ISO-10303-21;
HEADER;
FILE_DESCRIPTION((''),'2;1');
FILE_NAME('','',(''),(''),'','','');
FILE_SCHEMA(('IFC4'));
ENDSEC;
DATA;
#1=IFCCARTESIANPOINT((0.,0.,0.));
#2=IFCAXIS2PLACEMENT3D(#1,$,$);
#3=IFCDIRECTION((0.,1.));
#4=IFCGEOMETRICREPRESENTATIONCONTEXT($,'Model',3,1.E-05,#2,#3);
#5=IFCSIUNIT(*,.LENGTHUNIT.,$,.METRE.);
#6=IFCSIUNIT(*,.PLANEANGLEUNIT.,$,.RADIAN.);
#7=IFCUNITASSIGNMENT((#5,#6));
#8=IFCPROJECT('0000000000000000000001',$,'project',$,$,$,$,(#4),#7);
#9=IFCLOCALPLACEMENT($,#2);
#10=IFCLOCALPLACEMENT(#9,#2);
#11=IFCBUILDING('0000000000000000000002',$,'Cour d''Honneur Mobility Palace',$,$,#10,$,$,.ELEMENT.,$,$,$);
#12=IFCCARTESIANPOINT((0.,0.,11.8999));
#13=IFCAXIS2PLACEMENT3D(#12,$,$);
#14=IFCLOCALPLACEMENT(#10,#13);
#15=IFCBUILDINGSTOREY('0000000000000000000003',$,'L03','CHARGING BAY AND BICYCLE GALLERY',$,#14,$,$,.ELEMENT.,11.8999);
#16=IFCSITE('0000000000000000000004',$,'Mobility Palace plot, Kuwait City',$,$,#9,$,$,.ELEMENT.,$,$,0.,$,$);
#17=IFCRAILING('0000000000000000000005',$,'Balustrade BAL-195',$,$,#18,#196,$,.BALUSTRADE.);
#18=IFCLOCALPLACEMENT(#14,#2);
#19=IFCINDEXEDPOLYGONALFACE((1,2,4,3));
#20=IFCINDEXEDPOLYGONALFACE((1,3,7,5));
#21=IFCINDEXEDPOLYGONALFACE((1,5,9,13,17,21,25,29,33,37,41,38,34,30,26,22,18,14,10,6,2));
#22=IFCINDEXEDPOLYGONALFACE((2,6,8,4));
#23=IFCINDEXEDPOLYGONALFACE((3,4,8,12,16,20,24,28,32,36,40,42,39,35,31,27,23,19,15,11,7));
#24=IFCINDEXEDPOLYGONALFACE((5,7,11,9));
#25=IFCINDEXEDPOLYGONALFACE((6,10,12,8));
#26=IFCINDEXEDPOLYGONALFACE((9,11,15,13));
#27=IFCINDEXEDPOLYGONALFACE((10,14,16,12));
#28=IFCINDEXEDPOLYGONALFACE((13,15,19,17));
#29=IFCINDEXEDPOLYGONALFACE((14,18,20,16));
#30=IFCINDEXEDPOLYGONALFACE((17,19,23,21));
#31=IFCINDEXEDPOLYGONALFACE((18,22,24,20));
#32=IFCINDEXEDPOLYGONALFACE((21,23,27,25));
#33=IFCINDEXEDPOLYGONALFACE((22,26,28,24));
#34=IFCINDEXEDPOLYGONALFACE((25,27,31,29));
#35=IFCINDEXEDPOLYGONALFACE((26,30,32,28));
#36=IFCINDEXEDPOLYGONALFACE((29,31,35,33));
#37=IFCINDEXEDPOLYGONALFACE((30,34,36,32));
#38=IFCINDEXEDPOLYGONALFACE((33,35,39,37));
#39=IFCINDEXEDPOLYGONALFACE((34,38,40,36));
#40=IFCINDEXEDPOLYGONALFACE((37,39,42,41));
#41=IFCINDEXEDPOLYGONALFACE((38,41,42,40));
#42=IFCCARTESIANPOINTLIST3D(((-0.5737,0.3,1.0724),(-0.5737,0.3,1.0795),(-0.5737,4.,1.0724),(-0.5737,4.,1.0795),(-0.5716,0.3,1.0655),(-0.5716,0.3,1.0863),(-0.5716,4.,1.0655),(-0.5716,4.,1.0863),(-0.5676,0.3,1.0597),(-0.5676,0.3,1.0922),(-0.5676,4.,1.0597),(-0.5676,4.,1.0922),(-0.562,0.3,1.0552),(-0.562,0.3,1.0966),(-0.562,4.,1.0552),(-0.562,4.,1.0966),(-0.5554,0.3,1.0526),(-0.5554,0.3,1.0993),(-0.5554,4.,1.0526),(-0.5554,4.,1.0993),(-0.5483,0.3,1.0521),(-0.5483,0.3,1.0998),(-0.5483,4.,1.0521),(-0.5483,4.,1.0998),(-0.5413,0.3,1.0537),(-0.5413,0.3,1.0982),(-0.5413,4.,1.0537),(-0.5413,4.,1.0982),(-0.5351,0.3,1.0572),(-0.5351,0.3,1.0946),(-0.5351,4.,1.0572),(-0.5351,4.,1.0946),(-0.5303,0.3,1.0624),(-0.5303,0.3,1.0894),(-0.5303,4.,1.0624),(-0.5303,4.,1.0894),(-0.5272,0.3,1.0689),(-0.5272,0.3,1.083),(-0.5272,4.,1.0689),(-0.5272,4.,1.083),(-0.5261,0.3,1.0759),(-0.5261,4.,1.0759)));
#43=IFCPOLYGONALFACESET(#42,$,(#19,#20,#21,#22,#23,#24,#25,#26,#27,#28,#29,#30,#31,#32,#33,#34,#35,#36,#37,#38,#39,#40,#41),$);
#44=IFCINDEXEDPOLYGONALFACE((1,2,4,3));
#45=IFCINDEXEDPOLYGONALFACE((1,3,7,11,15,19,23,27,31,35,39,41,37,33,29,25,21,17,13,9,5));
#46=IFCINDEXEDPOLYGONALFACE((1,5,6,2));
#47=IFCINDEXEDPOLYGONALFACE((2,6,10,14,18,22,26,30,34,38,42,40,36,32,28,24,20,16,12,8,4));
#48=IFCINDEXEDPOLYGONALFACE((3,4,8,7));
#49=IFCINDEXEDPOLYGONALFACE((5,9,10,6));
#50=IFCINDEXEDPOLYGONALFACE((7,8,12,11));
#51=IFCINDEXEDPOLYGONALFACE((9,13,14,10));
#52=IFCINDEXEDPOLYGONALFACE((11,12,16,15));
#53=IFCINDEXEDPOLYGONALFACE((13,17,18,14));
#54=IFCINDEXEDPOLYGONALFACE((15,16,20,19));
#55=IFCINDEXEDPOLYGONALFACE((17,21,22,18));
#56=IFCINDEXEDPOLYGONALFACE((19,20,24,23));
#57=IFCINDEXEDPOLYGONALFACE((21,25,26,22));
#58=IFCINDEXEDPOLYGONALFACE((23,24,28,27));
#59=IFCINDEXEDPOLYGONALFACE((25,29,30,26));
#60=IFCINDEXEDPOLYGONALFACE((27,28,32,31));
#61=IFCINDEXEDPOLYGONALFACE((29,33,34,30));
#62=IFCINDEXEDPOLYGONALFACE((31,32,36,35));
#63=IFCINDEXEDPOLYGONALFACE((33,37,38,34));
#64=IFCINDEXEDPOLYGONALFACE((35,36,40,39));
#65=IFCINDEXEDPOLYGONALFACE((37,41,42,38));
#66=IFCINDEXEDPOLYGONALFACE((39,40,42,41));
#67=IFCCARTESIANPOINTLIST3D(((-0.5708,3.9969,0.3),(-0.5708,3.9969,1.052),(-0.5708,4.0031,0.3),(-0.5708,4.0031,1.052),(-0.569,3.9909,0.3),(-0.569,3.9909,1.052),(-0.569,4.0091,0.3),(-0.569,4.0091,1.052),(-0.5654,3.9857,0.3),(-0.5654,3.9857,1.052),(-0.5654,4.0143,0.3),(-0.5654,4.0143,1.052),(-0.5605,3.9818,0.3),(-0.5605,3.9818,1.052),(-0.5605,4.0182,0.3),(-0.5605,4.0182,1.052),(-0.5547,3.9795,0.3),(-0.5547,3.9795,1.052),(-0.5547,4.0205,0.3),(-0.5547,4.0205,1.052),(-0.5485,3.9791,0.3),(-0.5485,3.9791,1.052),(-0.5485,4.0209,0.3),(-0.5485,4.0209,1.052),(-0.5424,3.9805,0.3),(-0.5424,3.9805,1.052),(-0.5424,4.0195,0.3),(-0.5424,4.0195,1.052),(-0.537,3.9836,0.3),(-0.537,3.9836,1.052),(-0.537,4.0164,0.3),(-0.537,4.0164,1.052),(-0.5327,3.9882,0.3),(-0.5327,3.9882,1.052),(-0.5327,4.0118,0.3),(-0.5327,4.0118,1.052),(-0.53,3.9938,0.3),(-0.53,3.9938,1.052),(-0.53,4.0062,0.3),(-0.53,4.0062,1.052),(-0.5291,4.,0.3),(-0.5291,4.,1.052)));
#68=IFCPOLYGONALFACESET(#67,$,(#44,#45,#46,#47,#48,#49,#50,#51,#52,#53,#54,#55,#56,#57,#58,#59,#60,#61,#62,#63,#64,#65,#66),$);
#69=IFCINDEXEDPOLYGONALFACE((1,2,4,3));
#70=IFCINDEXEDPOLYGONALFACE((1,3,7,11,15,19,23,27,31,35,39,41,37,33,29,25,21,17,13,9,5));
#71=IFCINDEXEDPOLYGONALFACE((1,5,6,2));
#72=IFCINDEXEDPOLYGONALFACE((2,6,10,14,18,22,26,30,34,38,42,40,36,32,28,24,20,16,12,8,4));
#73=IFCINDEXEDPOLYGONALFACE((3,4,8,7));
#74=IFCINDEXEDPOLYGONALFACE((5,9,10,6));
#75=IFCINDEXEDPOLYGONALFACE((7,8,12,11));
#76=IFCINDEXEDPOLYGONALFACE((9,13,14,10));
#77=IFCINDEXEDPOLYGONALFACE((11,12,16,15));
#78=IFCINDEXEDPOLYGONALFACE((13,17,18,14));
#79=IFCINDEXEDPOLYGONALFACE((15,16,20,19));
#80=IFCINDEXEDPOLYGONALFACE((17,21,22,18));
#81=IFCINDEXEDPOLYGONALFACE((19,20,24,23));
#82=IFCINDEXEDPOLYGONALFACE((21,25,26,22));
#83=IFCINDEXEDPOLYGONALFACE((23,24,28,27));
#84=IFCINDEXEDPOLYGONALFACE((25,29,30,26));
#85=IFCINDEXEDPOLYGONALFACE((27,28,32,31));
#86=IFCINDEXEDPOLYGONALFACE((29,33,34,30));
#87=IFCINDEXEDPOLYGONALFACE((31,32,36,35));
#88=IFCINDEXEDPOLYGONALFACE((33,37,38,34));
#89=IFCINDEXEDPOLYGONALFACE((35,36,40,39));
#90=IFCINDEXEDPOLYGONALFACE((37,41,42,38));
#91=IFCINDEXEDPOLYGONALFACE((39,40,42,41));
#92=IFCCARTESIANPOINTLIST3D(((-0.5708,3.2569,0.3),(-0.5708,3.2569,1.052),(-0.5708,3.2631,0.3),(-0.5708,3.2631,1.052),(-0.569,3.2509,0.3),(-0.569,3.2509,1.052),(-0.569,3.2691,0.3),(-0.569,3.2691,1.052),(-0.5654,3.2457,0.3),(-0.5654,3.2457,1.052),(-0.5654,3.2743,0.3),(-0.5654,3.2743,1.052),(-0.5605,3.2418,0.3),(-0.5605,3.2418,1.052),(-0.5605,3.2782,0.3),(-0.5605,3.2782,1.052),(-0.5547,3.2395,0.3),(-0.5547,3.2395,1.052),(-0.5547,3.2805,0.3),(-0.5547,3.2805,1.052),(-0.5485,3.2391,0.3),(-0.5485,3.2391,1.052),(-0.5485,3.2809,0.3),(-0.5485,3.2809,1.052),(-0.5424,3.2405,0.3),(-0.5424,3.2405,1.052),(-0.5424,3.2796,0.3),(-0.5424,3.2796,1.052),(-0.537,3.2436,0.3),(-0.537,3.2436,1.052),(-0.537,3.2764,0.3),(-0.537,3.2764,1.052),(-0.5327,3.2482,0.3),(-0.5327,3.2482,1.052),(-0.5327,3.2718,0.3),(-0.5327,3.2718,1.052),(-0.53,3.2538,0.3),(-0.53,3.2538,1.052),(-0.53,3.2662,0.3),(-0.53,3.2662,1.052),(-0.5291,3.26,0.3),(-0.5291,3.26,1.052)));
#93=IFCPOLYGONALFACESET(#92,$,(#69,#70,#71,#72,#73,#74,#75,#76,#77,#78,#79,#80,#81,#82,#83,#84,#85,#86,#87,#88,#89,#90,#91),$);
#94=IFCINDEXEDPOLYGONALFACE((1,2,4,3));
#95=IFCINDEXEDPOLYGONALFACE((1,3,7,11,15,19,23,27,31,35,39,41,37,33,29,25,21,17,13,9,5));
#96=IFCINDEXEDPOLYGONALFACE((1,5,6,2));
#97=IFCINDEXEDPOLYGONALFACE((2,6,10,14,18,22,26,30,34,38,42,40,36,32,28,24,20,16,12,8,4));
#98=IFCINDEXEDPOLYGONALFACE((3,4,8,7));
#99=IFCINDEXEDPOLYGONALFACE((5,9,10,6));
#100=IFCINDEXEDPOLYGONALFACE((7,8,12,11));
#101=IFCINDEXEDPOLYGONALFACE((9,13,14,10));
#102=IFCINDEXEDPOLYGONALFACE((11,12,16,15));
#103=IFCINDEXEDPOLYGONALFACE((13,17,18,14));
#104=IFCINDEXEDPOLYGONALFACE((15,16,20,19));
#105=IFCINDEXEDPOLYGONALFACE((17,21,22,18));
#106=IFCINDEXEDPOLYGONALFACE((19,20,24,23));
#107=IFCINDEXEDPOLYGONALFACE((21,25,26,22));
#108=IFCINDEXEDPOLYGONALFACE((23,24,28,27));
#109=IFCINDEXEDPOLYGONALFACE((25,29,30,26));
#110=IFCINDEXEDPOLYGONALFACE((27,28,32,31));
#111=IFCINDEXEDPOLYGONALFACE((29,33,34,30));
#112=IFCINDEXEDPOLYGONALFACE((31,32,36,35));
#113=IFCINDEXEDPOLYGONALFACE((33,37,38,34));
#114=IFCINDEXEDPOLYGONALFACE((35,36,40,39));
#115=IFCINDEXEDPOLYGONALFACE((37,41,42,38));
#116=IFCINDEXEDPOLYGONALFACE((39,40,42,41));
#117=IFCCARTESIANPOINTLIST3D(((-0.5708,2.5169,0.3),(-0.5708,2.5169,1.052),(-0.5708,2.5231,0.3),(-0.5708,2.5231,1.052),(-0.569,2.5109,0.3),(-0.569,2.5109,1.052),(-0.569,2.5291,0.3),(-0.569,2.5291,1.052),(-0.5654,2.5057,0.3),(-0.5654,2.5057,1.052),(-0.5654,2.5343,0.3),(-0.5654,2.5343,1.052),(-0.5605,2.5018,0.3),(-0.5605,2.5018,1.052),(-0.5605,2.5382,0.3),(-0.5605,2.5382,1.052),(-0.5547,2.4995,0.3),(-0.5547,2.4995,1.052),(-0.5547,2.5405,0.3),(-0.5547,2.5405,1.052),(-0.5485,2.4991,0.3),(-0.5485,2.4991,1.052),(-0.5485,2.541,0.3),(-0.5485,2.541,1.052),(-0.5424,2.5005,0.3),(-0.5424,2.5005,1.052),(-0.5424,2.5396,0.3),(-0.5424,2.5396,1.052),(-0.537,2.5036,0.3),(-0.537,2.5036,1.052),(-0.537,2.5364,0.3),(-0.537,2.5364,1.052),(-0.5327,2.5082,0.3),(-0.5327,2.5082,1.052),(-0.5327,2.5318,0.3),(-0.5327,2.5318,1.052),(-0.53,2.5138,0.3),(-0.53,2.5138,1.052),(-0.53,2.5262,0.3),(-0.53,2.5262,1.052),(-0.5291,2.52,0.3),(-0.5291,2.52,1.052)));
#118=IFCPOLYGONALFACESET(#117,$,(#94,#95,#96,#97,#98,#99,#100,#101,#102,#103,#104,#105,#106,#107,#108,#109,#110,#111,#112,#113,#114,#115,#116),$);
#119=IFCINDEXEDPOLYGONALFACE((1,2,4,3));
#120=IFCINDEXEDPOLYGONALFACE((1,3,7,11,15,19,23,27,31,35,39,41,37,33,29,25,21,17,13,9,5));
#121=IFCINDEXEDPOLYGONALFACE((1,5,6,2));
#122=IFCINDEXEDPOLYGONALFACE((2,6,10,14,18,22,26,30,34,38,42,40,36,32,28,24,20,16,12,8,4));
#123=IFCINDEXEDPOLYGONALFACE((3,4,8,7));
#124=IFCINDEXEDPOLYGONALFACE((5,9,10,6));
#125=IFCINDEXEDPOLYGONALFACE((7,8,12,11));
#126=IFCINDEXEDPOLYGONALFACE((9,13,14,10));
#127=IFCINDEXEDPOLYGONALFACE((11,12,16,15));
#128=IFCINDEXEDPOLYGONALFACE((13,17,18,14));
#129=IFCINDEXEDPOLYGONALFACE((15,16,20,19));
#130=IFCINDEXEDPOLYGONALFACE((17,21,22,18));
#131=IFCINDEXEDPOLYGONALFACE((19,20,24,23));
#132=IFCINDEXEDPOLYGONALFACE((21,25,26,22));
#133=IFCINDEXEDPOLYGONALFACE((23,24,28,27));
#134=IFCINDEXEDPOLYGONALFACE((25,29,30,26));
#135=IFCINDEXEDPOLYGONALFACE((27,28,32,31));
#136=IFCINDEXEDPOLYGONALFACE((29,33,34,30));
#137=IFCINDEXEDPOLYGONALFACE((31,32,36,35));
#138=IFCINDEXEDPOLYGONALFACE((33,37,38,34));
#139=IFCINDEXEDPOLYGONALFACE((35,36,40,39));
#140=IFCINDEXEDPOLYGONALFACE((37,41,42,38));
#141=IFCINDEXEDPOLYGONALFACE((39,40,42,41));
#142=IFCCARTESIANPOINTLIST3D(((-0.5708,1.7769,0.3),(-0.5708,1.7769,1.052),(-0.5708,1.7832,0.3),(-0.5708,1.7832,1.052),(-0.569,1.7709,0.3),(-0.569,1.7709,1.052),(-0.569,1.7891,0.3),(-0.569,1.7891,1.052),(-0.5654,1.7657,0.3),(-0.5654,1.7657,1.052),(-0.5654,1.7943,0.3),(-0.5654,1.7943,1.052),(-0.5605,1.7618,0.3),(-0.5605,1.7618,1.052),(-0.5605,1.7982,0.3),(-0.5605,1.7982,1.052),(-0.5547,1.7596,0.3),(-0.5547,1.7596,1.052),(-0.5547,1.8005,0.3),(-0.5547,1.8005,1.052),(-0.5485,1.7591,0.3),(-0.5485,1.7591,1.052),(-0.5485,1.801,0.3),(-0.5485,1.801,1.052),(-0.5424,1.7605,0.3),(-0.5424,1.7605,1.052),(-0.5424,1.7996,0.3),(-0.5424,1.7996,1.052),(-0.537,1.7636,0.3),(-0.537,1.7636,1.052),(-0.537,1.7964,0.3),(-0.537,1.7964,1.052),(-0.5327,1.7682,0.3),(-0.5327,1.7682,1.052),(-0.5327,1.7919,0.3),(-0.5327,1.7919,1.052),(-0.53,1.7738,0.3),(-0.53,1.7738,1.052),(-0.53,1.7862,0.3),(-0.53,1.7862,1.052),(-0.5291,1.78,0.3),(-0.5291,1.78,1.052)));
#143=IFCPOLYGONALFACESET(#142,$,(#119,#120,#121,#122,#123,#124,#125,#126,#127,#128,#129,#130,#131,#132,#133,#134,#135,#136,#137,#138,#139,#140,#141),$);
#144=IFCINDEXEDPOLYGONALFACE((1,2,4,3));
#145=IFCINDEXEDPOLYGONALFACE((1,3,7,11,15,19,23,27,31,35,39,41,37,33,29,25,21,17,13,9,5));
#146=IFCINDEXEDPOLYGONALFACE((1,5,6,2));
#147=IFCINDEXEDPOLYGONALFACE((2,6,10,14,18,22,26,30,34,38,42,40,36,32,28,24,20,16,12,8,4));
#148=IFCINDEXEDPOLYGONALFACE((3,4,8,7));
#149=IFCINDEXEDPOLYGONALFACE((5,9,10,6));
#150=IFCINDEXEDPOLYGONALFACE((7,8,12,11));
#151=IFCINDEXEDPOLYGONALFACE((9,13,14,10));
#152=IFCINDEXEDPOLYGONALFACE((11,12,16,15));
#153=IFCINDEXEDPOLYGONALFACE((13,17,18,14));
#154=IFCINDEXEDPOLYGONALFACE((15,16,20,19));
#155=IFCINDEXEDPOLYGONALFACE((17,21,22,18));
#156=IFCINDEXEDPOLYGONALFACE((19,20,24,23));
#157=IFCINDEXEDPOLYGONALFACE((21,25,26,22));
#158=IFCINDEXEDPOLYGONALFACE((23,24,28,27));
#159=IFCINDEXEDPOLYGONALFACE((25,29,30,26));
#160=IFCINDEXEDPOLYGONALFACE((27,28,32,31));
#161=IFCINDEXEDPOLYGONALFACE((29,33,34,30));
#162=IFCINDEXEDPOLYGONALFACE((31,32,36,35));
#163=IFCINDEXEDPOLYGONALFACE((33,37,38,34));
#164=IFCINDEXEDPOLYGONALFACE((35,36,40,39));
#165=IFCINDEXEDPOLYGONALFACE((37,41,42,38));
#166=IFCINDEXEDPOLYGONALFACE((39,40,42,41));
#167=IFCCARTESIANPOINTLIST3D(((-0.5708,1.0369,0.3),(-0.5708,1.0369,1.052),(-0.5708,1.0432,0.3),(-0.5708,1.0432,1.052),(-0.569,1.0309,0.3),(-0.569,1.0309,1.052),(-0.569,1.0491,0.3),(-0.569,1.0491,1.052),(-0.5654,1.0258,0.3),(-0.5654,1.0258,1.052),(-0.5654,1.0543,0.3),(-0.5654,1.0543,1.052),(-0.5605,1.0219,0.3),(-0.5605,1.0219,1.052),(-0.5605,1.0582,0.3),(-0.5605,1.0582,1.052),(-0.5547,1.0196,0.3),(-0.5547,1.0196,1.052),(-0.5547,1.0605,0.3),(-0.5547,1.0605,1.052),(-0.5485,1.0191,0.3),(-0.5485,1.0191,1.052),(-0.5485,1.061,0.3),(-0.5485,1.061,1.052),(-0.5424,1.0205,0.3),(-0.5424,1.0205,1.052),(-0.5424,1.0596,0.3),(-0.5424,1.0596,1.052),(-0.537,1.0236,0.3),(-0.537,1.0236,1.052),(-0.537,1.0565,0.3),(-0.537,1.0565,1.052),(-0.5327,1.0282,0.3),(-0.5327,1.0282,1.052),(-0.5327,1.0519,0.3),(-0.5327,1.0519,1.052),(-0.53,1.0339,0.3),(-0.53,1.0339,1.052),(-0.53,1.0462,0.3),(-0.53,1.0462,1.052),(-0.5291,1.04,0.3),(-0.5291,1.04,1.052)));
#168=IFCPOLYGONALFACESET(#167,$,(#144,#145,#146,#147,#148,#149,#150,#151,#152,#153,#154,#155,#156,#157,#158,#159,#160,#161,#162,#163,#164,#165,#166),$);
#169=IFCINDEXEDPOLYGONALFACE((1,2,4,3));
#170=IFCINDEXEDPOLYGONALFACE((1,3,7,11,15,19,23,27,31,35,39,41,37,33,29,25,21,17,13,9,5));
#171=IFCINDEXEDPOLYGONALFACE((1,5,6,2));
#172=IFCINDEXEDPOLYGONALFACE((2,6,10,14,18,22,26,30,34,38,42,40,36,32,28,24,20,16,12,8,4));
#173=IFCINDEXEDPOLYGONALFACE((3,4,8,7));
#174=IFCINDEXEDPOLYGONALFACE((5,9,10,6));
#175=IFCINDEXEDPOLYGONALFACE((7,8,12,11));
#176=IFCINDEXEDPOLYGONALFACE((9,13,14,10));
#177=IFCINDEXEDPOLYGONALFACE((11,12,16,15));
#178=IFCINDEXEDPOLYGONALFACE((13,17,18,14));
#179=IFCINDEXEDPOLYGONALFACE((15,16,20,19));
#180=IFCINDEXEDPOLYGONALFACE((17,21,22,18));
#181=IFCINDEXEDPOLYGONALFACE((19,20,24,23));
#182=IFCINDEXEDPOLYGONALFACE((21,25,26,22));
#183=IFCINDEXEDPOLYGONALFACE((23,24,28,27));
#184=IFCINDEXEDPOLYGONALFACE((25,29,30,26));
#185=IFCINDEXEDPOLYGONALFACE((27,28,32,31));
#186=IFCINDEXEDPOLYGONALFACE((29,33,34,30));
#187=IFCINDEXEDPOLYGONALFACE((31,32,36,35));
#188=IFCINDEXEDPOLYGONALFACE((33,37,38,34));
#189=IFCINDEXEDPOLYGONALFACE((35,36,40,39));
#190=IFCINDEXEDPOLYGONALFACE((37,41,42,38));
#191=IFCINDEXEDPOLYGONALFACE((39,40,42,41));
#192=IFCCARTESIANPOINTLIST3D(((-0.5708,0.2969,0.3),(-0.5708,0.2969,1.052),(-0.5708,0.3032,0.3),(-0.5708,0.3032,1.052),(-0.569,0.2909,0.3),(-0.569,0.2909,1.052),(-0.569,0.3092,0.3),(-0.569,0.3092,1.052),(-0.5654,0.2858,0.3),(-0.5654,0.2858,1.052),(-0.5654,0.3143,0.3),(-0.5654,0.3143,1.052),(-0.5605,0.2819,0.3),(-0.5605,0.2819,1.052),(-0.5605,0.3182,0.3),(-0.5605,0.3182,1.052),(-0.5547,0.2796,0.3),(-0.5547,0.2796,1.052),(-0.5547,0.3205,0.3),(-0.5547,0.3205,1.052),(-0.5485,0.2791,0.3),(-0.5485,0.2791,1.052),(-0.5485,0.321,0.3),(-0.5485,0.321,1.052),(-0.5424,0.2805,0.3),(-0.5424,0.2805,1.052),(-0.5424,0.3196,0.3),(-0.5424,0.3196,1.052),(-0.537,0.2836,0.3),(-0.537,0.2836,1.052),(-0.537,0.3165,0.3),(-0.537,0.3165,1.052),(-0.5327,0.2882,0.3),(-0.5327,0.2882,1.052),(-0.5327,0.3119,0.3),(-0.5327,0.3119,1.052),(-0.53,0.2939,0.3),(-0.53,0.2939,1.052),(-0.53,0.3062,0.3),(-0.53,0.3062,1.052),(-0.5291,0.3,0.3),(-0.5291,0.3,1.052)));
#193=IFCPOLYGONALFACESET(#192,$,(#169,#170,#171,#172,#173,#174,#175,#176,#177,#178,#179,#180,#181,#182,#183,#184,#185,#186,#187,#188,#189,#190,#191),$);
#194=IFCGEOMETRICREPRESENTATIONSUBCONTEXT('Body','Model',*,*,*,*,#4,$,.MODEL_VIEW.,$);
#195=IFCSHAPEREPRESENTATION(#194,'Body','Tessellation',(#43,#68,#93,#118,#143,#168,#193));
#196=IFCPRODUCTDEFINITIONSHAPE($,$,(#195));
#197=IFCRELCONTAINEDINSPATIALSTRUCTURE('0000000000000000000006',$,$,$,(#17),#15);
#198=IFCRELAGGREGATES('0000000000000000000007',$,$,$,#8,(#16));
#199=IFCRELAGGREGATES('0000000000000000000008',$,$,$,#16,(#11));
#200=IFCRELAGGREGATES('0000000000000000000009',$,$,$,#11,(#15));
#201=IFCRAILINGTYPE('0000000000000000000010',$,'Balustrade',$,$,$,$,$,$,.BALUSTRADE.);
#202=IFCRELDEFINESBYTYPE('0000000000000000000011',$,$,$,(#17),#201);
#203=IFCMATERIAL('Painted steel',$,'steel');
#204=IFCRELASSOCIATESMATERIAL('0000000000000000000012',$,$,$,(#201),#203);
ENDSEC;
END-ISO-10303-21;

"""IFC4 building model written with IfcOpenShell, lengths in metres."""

from ifc_helpers import new_model, si_unit, direction, frame, origin, origin_2d, place, context, subcontext, project, spatial, circle, extrude, material, type_object, element, save


model = new_model("IFC4")

# Units and contexts
model_context = context("Model", 3, precision=1e-05, world=origin(), true_north=direction((0.0, 1.0)))
body_context = subcontext(model_context, "Body", "Model", "MODEL_VIEW")
ifc_project = project(units=[si_unit("LENGTHUNIT", "METRE"), si_unit("PLANEANGLEUNIT", "RADIAN")], contexts=[model_context])

# Site, building, storey
site_placement = place(None, origin())
site = spatial("IfcSite", under=ifc_project, at=site_placement, Name="Mobility Palace plot, Kuwait City", CompositionType="ELEMENT", RefElevation=0.0)
building_placement = place(site_placement, origin())
building = spatial("IfcBuilding", under=site, at=building_placement, Name="Cour d'Honneur Mobility Palace", CompositionType="ELEMENT")
storey_placement = place(building_placement, frame((0.0, 0.0, 11.8999)))
storey = spatial("IfcBuildingStorey", under=building, at=storey_placement, Name="L03", Description="CHARGING BAY AND BICYCLE GALLERY", CompositionType="ELEMENT", Elevation=11.8999)

# Railing
ifc_material_1 = material(Name="Painted steel", Category="steel")
railing_type_1 = type_object("IfcRailingType", Name="Balustrade", PredefinedType="BALUSTRADE", material=ifc_material_1)
railing_1_placement = place(storey_placement, frame((-0.55, 4.0, 0.3)))
element("IfcRailing", 1, at=railing_1_placement, inside=storey, type_object=railing_type_1, Name="Balustrade BAL-195", PredefinedType="BALUSTRADE", context=body_context, shape_type="SweptSolid", body=[
    extrude(circle(Radius=0.0239, at=origin_2d()), frame((0.0, 0.0, 0.7759), z_axis=(0.0, -1.0, 0.0), x_axis=(1.0, 0.0, 0.0)), (0.0, 0.0, 1.0), 3.7),
    extrude(circle(Radius=0.021, at=origin_2d()), origin(), (0.0, 0.0, 1.0), 0.752),
    extrude(circle(Radius=0.021, at=origin_2d()), frame((0.0, -0.74, 0.0)), (0.0, 0.0, 1.0), 0.752),
    extrude(circle(Radius=0.021, at=origin_2d()), frame((0.0, -1.48, 0.0)), (0.0, 0.0, 1.0), 0.752),
    extrude(circle(Radius=0.021, at=origin_2d()), frame((0.0, -2.22, 0.0)), (0.0, 0.0, 1.0), 0.752),
    extrude(circle(Radius=0.021, at=origin_2d()), frame((0.0, -2.96, 0.0)), (0.0, 0.0, 1.0), 0.752),
    extrude(circle(Radius=0.021, at=origin_2d()), frame((0.0, -3.7, 0.0)), (0.0, 0.0, 1.0), 0.752),
])

save(model, "model.ifc")
